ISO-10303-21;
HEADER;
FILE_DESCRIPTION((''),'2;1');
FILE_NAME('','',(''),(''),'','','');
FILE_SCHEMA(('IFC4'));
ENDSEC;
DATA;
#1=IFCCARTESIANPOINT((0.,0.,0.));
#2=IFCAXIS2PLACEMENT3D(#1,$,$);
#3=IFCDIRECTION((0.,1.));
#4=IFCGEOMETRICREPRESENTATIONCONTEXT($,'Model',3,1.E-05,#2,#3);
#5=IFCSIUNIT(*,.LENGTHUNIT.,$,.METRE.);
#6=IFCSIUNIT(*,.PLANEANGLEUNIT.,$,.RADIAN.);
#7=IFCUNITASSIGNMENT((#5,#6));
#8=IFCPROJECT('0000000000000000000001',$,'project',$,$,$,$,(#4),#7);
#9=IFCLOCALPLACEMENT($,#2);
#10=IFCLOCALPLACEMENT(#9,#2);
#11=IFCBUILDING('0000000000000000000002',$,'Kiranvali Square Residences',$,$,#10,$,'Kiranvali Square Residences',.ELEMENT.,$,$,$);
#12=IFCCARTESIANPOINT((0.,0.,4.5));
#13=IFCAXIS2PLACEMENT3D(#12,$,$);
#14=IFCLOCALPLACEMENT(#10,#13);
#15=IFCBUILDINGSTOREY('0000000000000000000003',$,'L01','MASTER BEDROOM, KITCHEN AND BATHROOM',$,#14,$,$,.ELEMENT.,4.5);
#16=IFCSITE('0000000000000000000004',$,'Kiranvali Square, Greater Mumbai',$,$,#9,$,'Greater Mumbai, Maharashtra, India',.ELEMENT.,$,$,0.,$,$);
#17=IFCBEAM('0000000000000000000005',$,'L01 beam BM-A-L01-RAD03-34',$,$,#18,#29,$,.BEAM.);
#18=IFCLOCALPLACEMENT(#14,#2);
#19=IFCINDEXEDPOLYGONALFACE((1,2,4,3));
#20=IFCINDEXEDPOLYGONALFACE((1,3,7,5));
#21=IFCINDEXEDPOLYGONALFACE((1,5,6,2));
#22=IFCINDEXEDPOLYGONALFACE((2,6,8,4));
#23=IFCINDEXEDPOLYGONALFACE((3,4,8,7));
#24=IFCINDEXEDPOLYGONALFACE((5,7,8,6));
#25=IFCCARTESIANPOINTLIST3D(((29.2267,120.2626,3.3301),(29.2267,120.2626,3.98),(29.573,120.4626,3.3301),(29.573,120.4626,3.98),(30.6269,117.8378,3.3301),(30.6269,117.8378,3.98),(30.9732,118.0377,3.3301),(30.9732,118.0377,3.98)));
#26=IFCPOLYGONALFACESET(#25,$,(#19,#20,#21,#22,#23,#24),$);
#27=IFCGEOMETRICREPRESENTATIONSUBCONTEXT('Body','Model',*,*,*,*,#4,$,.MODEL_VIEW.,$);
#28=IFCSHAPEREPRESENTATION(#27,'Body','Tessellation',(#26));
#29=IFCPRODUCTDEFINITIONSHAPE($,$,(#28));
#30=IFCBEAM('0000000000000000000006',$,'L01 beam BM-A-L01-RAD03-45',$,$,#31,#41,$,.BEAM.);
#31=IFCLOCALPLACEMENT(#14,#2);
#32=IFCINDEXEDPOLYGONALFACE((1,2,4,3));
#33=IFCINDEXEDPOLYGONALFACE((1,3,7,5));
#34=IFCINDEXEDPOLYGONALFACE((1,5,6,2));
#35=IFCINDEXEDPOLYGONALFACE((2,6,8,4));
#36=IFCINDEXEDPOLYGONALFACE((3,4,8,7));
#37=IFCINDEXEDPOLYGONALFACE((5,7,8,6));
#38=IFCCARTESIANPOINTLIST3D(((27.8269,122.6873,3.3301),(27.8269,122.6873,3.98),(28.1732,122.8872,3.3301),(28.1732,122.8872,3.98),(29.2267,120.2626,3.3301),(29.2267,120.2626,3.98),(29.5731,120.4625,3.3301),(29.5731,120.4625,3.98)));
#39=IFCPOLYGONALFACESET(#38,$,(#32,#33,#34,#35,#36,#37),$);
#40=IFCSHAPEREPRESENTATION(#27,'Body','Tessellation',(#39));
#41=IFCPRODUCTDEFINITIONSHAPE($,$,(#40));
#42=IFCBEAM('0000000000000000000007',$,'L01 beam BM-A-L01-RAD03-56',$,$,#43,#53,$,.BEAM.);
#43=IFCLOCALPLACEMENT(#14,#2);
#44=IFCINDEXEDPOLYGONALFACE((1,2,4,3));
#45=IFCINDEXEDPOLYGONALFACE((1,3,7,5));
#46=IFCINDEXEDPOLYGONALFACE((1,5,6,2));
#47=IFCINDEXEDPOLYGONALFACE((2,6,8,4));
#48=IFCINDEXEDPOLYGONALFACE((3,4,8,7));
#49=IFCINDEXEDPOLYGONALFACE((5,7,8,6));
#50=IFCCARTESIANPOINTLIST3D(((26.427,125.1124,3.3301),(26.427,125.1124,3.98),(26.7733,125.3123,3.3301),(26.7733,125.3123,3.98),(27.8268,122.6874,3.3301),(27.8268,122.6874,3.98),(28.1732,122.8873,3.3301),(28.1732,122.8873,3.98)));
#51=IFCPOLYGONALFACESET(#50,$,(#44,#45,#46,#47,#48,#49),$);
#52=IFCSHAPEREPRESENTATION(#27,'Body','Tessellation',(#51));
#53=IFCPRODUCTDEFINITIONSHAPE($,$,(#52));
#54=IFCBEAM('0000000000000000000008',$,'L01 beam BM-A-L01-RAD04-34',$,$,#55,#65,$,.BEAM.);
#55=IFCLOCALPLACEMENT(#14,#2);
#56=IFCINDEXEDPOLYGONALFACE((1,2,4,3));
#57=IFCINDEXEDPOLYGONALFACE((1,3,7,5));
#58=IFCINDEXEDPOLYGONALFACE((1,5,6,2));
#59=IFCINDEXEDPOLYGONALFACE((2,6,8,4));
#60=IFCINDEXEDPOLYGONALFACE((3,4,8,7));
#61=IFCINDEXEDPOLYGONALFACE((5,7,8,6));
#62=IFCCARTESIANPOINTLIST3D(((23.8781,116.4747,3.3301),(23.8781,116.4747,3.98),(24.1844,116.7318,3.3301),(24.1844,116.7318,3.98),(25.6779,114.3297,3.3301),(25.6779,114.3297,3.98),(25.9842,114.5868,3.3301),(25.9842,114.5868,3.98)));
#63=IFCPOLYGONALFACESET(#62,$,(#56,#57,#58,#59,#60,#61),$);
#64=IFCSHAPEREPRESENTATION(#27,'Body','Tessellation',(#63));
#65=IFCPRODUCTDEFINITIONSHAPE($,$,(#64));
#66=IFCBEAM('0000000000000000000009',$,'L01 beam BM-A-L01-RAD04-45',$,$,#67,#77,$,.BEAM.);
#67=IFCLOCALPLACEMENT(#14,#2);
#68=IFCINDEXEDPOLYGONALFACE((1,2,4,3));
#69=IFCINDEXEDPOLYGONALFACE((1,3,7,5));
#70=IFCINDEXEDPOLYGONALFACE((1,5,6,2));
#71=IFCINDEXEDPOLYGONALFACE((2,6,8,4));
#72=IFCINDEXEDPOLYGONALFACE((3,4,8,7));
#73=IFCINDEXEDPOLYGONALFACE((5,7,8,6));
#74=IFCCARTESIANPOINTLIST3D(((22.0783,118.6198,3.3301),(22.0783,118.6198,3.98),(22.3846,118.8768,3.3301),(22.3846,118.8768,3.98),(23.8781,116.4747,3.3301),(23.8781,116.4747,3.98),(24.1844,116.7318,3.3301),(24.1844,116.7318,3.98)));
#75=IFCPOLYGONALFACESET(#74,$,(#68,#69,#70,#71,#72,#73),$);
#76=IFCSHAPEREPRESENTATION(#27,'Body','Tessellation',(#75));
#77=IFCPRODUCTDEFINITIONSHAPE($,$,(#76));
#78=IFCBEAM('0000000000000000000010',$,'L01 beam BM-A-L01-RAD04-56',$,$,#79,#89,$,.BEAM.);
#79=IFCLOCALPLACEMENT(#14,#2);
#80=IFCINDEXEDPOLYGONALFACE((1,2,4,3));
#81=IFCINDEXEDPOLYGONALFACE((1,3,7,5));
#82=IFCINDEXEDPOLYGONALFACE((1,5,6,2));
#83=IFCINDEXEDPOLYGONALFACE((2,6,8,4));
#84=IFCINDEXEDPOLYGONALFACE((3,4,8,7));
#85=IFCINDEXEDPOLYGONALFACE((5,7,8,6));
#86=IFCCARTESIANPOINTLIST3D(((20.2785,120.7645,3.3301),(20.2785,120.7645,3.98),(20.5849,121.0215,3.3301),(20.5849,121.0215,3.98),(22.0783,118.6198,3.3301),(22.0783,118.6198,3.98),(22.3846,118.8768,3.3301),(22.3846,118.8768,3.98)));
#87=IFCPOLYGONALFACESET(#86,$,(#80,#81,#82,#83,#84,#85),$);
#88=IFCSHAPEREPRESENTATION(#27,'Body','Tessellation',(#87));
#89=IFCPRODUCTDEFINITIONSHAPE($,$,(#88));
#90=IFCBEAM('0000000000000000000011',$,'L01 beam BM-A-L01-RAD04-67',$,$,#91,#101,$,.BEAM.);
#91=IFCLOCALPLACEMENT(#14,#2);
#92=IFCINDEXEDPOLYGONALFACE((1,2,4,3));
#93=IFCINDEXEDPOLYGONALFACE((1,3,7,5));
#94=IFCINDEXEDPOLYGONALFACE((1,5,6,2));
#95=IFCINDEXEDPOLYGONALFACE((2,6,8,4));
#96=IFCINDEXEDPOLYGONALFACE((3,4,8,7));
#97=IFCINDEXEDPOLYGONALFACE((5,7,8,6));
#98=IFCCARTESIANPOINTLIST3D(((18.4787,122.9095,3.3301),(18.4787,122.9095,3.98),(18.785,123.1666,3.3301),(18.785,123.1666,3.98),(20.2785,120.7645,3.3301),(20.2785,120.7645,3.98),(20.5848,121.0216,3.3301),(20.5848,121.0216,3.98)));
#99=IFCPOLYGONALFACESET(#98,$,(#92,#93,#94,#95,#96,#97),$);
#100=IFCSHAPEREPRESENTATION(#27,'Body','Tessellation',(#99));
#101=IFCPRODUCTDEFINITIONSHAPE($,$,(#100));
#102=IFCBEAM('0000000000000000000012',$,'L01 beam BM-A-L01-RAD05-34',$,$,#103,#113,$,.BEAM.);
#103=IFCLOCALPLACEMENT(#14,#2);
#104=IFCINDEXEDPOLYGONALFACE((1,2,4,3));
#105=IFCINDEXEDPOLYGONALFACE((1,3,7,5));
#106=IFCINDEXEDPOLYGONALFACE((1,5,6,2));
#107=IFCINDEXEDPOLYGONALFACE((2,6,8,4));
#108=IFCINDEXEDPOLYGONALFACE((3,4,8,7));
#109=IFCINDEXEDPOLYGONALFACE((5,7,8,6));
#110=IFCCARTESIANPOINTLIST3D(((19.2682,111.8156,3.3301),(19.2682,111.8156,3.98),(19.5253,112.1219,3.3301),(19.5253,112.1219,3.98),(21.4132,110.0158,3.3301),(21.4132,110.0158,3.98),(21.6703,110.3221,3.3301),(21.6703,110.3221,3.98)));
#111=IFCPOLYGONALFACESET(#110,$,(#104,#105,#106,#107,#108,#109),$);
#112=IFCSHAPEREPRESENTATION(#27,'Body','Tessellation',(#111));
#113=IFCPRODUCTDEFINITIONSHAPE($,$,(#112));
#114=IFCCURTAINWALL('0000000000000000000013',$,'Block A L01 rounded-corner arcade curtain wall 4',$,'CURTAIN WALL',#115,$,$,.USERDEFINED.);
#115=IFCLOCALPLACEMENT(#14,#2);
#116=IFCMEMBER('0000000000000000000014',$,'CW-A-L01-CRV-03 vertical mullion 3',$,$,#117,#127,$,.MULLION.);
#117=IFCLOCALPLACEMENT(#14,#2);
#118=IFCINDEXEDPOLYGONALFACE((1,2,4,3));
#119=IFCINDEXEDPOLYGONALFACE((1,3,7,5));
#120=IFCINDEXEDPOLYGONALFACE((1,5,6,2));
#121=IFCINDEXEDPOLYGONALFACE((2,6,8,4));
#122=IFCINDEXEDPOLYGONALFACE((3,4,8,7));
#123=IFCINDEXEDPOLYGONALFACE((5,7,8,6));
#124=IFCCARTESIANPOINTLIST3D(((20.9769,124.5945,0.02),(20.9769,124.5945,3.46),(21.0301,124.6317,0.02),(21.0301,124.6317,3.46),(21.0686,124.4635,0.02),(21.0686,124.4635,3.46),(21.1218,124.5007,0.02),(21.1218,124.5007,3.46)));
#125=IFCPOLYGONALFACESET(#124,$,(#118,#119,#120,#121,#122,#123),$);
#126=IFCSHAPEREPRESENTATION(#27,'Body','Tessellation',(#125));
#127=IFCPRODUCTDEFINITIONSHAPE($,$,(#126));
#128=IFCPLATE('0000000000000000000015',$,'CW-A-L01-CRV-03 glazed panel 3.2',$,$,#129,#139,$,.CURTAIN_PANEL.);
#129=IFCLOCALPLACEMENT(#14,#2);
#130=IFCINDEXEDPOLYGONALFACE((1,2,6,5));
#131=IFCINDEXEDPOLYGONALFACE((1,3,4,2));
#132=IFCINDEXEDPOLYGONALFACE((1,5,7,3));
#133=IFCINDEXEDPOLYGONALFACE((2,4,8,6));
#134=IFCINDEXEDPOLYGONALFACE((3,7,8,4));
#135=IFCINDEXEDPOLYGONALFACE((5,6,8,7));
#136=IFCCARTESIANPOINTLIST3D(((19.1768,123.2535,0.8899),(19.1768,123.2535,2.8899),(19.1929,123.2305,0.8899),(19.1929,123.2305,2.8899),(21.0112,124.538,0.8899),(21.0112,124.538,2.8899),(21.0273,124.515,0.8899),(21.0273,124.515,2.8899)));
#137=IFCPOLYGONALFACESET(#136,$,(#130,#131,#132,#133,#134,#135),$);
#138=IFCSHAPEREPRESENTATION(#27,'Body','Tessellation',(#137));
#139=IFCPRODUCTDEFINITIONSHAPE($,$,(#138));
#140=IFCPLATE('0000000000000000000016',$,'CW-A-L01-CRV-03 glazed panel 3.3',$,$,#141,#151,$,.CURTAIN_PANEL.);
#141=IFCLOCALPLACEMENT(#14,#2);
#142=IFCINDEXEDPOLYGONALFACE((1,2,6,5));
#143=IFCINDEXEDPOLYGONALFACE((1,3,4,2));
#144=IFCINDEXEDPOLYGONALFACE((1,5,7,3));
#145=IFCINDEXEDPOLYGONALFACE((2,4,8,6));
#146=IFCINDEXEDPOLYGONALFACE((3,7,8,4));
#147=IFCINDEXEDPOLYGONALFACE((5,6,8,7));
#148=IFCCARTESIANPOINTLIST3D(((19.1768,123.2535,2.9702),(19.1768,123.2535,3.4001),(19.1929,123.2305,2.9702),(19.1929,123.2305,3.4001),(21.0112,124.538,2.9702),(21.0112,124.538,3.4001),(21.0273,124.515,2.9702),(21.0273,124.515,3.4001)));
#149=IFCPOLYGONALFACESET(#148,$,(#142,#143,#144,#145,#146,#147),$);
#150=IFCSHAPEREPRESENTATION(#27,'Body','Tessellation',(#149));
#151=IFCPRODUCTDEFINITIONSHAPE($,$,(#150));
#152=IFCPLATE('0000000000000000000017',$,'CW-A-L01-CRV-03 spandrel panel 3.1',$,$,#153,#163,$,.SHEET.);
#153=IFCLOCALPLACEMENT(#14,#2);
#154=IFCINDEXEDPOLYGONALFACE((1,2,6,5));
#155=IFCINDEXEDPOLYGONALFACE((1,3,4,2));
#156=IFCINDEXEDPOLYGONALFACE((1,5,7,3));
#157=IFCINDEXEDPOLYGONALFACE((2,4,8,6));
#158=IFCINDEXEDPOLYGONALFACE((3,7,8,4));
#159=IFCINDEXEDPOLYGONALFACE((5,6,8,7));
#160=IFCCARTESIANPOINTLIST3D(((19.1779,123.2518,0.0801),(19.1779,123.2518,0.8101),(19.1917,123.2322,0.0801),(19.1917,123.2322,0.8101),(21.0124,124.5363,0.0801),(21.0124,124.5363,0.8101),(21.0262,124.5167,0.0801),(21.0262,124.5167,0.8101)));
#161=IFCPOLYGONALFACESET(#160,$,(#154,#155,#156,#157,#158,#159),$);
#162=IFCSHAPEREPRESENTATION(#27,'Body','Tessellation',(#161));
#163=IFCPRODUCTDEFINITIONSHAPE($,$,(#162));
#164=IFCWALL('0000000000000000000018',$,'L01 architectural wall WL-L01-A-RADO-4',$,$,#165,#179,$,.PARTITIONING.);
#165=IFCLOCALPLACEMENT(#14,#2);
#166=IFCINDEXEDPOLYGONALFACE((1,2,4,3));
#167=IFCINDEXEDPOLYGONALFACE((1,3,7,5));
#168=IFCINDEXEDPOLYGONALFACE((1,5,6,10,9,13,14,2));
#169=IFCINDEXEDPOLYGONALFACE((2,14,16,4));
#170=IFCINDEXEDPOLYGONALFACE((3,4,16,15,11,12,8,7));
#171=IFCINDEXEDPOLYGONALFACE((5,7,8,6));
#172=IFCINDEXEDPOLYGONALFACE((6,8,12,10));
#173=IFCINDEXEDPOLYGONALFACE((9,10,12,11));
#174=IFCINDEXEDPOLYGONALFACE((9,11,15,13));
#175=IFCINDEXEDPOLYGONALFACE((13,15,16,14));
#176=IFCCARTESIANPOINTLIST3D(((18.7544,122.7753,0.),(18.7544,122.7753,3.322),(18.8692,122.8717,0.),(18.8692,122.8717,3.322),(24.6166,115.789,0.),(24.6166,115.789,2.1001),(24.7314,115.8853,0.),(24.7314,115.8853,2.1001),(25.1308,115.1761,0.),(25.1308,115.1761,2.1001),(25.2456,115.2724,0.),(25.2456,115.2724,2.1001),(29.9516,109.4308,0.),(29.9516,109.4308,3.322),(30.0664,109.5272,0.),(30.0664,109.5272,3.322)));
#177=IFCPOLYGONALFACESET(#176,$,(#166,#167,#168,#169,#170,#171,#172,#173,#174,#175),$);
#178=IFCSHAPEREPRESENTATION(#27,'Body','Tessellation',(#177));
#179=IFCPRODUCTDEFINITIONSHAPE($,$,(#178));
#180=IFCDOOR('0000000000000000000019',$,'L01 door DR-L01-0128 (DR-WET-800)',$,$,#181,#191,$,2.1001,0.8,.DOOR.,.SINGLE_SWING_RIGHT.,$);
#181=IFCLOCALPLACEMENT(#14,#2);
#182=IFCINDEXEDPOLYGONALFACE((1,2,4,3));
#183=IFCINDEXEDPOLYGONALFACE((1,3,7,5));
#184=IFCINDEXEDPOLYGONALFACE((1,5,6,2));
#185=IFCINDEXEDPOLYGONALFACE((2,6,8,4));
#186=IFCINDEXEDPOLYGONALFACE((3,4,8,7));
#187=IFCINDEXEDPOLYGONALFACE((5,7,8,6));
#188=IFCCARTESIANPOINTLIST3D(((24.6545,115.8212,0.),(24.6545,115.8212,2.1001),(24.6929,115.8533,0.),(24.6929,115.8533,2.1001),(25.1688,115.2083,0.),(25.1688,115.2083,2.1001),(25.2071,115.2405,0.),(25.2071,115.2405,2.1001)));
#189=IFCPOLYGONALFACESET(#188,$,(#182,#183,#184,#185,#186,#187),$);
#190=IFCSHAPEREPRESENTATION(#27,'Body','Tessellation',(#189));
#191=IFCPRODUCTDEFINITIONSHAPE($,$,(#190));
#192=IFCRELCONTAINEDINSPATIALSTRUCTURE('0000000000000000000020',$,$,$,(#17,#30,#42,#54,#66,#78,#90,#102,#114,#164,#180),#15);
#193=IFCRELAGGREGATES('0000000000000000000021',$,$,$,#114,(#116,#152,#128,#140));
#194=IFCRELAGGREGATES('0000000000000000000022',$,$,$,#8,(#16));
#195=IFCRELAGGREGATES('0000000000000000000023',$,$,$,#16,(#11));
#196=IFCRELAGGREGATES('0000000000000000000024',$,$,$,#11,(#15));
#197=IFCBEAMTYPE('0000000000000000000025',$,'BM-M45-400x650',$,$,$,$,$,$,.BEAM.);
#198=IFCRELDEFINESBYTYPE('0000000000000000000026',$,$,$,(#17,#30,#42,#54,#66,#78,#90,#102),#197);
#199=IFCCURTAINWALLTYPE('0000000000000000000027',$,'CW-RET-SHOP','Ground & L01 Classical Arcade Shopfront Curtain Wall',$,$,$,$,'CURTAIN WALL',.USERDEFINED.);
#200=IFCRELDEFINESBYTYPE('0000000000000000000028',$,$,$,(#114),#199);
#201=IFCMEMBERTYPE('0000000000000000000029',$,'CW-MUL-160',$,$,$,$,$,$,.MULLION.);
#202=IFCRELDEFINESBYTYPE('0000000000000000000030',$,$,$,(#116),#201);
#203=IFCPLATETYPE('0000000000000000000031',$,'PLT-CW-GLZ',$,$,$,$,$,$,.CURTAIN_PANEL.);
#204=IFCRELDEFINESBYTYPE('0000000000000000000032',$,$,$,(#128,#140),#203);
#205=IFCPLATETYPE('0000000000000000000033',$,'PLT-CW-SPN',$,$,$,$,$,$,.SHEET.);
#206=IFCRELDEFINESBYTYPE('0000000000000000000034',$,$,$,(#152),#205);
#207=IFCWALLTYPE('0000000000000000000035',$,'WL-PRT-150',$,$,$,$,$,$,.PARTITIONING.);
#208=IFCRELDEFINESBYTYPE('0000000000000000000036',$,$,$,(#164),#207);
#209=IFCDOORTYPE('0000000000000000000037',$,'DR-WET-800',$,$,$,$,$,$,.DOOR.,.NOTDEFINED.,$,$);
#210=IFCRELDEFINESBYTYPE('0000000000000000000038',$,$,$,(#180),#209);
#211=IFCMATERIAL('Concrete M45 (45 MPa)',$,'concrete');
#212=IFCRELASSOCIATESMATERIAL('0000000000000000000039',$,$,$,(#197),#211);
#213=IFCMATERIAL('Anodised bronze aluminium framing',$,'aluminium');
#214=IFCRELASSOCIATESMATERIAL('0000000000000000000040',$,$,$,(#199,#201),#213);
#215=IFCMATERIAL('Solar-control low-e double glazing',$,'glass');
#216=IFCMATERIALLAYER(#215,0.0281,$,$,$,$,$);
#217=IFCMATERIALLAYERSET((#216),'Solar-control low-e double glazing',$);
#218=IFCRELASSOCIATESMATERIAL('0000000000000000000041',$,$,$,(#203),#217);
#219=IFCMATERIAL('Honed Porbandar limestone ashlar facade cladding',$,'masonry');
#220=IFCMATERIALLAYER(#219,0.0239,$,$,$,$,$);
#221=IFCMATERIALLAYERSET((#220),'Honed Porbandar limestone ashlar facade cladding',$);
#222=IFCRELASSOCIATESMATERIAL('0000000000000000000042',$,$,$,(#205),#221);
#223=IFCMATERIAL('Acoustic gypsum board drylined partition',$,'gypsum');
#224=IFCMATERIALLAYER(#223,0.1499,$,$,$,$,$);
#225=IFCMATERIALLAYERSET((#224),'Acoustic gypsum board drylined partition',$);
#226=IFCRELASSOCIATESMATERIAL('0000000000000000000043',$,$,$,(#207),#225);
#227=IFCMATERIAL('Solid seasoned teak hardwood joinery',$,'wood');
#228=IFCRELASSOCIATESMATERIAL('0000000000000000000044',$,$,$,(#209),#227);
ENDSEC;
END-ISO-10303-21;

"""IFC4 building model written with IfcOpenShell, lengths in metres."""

from ifc_helpers import new_model, si_unit, direction, frame, frame_2d, origin, origin_2d, place, context, subcontext, project, spatial, rectangle, extrude, material, layer, layer_set, material_profile, profile_set, type_object, element, fill, aggregate, save


model = new_model("IFC4")

# Units and contexts
model_context = context("Model", 3, precision=1e-05, world=origin(), true_north=direction((0.0, 1.0)))
body_context = subcontext(model_context, "Body", "Model", "MODEL_VIEW")
ifc_project = project(units=[si_unit("LENGTHUNIT", "METRE"), si_unit("PLANEANGLEUNIT", "RADIAN")], contexts=[model_context])

# Site, building, storey
site_placement = place(None, origin())
site = spatial("IfcSite", under=ifc_project, at=site_placement, Name="Kiranvali Square, Greater Mumbai", LongName="Greater Mumbai, Maharashtra, India", CompositionType="ELEMENT", RefElevation=0.0)
building_placement = place(site_placement, origin())
building = spatial("IfcBuilding", under=site, at=building_placement, Name="Kiranvali Square Residences", LongName="Kiranvali Square Residences", CompositionType="ELEMENT")
storey_placement = place(building_placement, frame((0.0, 0.0, 4.5)))
storey = spatial("IfcBuildingStorey", under=building, at=storey_placement, Name="L01", Description="MASTER BEDROOM, KITCHEN AND BATHROOM", CompositionType="ELEMENT", Elevation=4.5)

# Beams
ifc_material_1 = material(Name="Concrete M45 (45 MPa)", Category="concrete")
ifc_material_profile_1 = material_profile(ifc_material_1, rectangle(XDim=0.3999, YDim=0.6499, at=origin_2d()), Name="RC 400x650")
ifc_profile_set_1 = profile_set([ifc_material_profile_1], Name="Concrete M45 (45 MPa)")
beam_type = type_object("IfcBeamType", Name="BM-M45-400x650", PredefinedType="BEAM", material=ifc_profile_set_1)
beam_1_placement = place(storey_placement, frame((30.8, 117.9377, 3.655), z_axis=(-0.50005, 0.865997, 0.0), x_axis=(-0.865997, -0.50005, 0.0)))
element("IfcBeam", 1, at=beam_1_placement, inside=storey, type_object=beam_type, Name="L01 beam BM-A-L01-RAD03-34", PredefinedType="BEAM", context=body_context, shape_type="SweptSolid", body=[
    extrude(rectangle(XDim=0.3999, YDim=0.6499, at=origin_2d()), origin(), (0.0, 0.0, 1.0), 2.8),
])
beam_2_placement = place(storey_placement, frame((29.3999, 120.3625, 3.655), z_axis=(-0.499984, 0.866035, 0.0), x_axis=(-0.866035, -0.499984, 0.0)))
element("IfcBeam", 2, at=beam_2_placement, inside=storey, type_object=beam_type, Name="L01 beam BM-A-L01-RAD03-45", PredefinedType="BEAM", context=body_context, shape_type="SweptSolid", body=[
    extrude(rectangle(XDim=0.3999, YDim=0.6499, at=origin_2d()), origin(), (0.0, 0.0, 1.0), 2.7998),
])
for number, where, z_axis, x_axis, name in (
    (3, (28.0, 122.7874, 3.655), (-0.499946, 0.866056, 0.0), (-0.866056, -0.499946, 0.0), "L01 beam BM-A-L01-RAD03-56"),
    (4, (25.8311, 114.4583, 3.655), (-0.642771, 0.766059, 0.0), (-0.766059, -0.642771, 0.0), "L01 beam BM-A-L01-RAD04-34"),
    (5, (24.0312, 116.6033, 3.655), (-0.642771, 0.766059, 0.0), (-0.766059, -0.642771, 0.0), "L01 beam BM-A-L01-RAD04-45"),
):
    element("IfcBeam", number, at=place(storey_placement, frame(where, z_axis=z_axis, x_axis=x_axis)), inside=storey, type_object=beam_type, Name=name, PredefinedType="BEAM", context=body_context, shape_type="SweptSolid", body=[
        extrude(rectangle(XDim=0.3999, YDim=0.6499, at=origin_2d()), origin(), (0.0, 0.0, 1.0), 2.8),
    ])
beam_3_placement = place(storey_placement, frame((22.2314, 118.7483, 3.655), z_axis=(-0.642814, 0.766023, 0.0), x_axis=(-0.766023, -0.642814, 0.0)))
element("IfcBeam", 6, at=beam_3_placement, inside=storey, type_object=beam_type, Name="L01 beam BM-A-L01-RAD04-56", PredefinedType="BEAM", context=body_context, shape_type="SweptSolid", body=[
    extrude(rectangle(XDim=0.3999, YDim=0.6499, at=origin_2d()), origin(), (0.0, 0.0, 1.0), 2.7998),
])
for number, where, z_axis, x_axis, name in (
    (7, (20.4316, 120.8931, 3.655), (-0.642771, 0.766059, 0.0), (-0.766059, -0.642771, 0.0), "L01 beam BM-A-L01-RAD04-67"),
    (8, (21.5417, 110.1689, 3.655), (-0.766059, 0.642771, 0.0), (-0.642771, -0.766059, 0.0), "L01 beam BM-A-L01-RAD05-34"),
):
    element("IfcBeam", number, at=place(storey_placement, frame(where, z_axis=z_axis, x_axis=x_axis)), inside=storey, type_object=beam_type, Name=name, PredefinedType="BEAM", context=body_context, shape_type="SweptSolid", body=[
        extrude(rectangle(XDim=0.3999, YDim=0.6499, at=origin_2d()), origin(), (0.0, 0.0, 1.0), 2.8),
    ])

# Curtain wall, member, plates
ifc_material_2 = material(Name="Anodised bronze aluminium framing", Category="aluminium")
curtain_wall_type = type_object("IfcCurtainWallType", Name="CW-RET-SHOP", Description="Ground & L01 Classical Arcade Shopfront Curtain Wall", ElementType="CURTAIN WALL", PredefinedType="USERDEFINED", material=ifc_material_2)
curtain_wall_placement = place(storey_placement, origin())
curtain_wall = element("IfcCurtainWall", 9, at=curtain_wall_placement, inside=storey, type_object=curtain_wall_type, Name="Block A L01 rounded-corner arcade curtain wall 4", ObjectType="CURTAIN WALL", PredefinedType="USERDEFINED")
ifc_material_profile_2 = material_profile(ifc_material_2, rectangle(XDim=0.0649, YDim=0.1599, at=origin_2d()), Name="ALU 65x160")
ifc_profile_set_2 = profile_set([ifc_material_profile_2], Name="Anodised bronze aluminium framing")
member_type = type_object("IfcMemberType", Name="CW-MUL-160", PredefinedType="MULLION", material=ifc_profile_set_2)
member_placement = place(storey_placement, frame((21.0493, 124.5476, 0.02), z_axis=(0.0, 0.0, 1.0), x_axis=(-0.819152, -0.573576, 0.0)))
member = element("IfcMember", 10, at=member_placement, type_object=member_type, Name="CW-A-L01-CRV-03 vertical mullion 3", PredefinedType="MULLION", context=body_context, shape_type="SweptSolid", body=[
    extrude(rectangle(XDim=0.0649, YDim=0.1599, at=origin_2d()), origin(), (0.0, 0.0, 1.0), 3.4399),
])
ifc_material_3 = material(Name="Solar-control low-e double glazing", Category="glass")
ifc_layer_1 = layer(ifc_material_3, 0.0281)
ifc_layer_set_1 = layer_set([ifc_layer_1], Name="Solar-control low-e double glazing")
plate_type_1 = type_object("IfcPlateType", Name="PLT-CW-GLZ", PredefinedType="CURTAIN_PANEL", material=ifc_layer_set_1)
plate_1_placement = place(storey_placement, frame((20.1021, 123.8843, 0.8899), z_axis=(0.0, 0.0, 1.0), x_axis=(-0.819152, -0.573576, 0.0)))
plate_1 = element("IfcPlate", 11, at=plate_1_placement, type_object=plate_type_1, Name="CW-A-L01-CRV-03 glazed panel 3.2", PredefinedType="CURTAIN_PANEL", context=body_context, shape_type="SweptSolid", body=[
    extrude(rectangle(XDim=2.2395, YDim=0.0281, at=origin_2d()), origin(), (0.0, 0.0, 1.0), 2.0),
])
plate_2_placement = place(storey_placement, frame((20.1021, 123.8843, 2.9702), z_axis=(0.0, 0.0, 1.0), x_axis=(-0.819152, -0.573576, 0.0)))
plate_2 = element("IfcPlate", 12, at=plate_2_placement, type_object=plate_type_1, Name="CW-A-L01-CRV-03 glazed panel 3.3", PredefinedType="CURTAIN_PANEL", context=body_context, shape_type="SweptSolid", body=[
    extrude(rectangle(XDim=2.2395, YDim=0.0281, at=origin_2d()), origin(), (0.0, 0.0, 1.0), 0.4299),
])
ifc_material_4 = material(Name="Honed Porbandar limestone ashlar facade cladding", Category="masonry")
ifc_layer_2 = layer(ifc_material_4, 0.0239)
ifc_layer_set_2 = layer_set([ifc_layer_2], Name="Honed Porbandar limestone ashlar facade cladding")
plate_type_2 = type_object("IfcPlateType", Name="PLT-CW-SPN", PredefinedType="SHEET", material=ifc_layer_set_2)
plate_3_placement = place(storey_placement, frame((20.1021, 123.8843, 0.0801), z_axis=(0.0, 0.0, 1.0), x_axis=(-0.819152, -0.573576, 0.0)))
plate_3 = element("IfcPlate", 13, at=plate_3_placement, type_object=plate_type_2, Name="CW-A-L01-CRV-03 spandrel panel 3.1", PredefinedType="SHEET", context=body_context, shape_type="SweptSolid", body=[
    extrude(rectangle(XDim=2.2395, YDim=0.0239, at=origin_2d()), origin(), (0.0, 0.0, 1.0), 0.73),
])
aggregate(curtain_wall, [member, plate_3, plate_1, plate_2])

# Wall, opening, door
ifc_material_5 = material(Name="Acoustic gypsum board drylined partition", Category="gypsum")
ifc_layer_3 = layer(ifc_material_5, 0.1499)
ifc_layer_set_3 = layer_set([ifc_layer_3], Name="Acoustic gypsum board drylined partition")
wall_type = type_object("IfcWallType", Name="WL-PRT-150", PredefinedType="PARTITIONING", material=ifc_layer_set_3)
wall_placement = place(storey_placement, frame((30.009, 109.479, 0.0), z_axis=(0.0, 0.0, 1.0), x_axis=(-0.642785, 0.766047, 0.0)))
wall = element("IfcWall", 14, at=wall_placement, inside=storey, type_object=wall_type, Name="L01 architectural wall WL-L01-A-RADO-4", PredefinedType="PARTITIONING", context=body_context, shape_type="SweptSolid", body=[
    extrude(rectangle(XDim=17.4199, YDim=0.1499, at=frame_2d((8.71, 0.0))), origin(), (0.0, 0.0, 1.0), 3.322),
])
opening_placement = place(wall_placement, frame((7.5, 0.0, 0.0)))
opening = element("IfcOpeningElement", 15, at=opening_placement, cuts=wall, PredefinedType="OPENING", context=body_context, shape_type="SweptSolid", body=[
    extrude(rectangle(XDim=0.8, YDim=2.1001, at=frame_2d((0.3999, 1.05))), frame((0.0, 0.085, 0.0), z_axis=(0.0, -1.0, 0.0), x_axis=(1.0, 0.0, 0.0)), (0.0, 0.0, 1.0), 0.1699),
])
ifc_material_6 = material(Name="Solid seasoned teak hardwood joinery", Category="wood")
door_type = type_object("IfcDoorType", Name="DR-WET-800", OperationType="NOTDEFINED", PredefinedType="DOOR", material=ifc_material_6)
door_placement = place(opening_placement, frame((0.8, 0.0, 0.0), z_axis=(0.0, 0.0, 1.0), x_axis=(-1.0, 0.0, 0.0)))
door = element("IfcDoor", 16, at=door_placement, inside=storey, type_object=door_type, Name="L01 door DR-L01-0128 (DR-WET-800)", OperationType="SINGLE_SWING_RIGHT", OverallHeight=2.1001, OverallWidth=0.8, PredefinedType="DOOR", context=body_context, shape_type="SweptSolid", body=[
    extrude(rectangle(XDim=0.8, YDim=2.1001, at=frame_2d((0.3999, 1.05))), frame((0.0, 0.0249, 0.0), z_axis=(0.0, -1.0, 0.0), x_axis=(1.0, 0.0, 0.0)), (0.0, 0.0, 1.0), 0.05),
])
fill(opening, door)

save(model, "model.ifc")
